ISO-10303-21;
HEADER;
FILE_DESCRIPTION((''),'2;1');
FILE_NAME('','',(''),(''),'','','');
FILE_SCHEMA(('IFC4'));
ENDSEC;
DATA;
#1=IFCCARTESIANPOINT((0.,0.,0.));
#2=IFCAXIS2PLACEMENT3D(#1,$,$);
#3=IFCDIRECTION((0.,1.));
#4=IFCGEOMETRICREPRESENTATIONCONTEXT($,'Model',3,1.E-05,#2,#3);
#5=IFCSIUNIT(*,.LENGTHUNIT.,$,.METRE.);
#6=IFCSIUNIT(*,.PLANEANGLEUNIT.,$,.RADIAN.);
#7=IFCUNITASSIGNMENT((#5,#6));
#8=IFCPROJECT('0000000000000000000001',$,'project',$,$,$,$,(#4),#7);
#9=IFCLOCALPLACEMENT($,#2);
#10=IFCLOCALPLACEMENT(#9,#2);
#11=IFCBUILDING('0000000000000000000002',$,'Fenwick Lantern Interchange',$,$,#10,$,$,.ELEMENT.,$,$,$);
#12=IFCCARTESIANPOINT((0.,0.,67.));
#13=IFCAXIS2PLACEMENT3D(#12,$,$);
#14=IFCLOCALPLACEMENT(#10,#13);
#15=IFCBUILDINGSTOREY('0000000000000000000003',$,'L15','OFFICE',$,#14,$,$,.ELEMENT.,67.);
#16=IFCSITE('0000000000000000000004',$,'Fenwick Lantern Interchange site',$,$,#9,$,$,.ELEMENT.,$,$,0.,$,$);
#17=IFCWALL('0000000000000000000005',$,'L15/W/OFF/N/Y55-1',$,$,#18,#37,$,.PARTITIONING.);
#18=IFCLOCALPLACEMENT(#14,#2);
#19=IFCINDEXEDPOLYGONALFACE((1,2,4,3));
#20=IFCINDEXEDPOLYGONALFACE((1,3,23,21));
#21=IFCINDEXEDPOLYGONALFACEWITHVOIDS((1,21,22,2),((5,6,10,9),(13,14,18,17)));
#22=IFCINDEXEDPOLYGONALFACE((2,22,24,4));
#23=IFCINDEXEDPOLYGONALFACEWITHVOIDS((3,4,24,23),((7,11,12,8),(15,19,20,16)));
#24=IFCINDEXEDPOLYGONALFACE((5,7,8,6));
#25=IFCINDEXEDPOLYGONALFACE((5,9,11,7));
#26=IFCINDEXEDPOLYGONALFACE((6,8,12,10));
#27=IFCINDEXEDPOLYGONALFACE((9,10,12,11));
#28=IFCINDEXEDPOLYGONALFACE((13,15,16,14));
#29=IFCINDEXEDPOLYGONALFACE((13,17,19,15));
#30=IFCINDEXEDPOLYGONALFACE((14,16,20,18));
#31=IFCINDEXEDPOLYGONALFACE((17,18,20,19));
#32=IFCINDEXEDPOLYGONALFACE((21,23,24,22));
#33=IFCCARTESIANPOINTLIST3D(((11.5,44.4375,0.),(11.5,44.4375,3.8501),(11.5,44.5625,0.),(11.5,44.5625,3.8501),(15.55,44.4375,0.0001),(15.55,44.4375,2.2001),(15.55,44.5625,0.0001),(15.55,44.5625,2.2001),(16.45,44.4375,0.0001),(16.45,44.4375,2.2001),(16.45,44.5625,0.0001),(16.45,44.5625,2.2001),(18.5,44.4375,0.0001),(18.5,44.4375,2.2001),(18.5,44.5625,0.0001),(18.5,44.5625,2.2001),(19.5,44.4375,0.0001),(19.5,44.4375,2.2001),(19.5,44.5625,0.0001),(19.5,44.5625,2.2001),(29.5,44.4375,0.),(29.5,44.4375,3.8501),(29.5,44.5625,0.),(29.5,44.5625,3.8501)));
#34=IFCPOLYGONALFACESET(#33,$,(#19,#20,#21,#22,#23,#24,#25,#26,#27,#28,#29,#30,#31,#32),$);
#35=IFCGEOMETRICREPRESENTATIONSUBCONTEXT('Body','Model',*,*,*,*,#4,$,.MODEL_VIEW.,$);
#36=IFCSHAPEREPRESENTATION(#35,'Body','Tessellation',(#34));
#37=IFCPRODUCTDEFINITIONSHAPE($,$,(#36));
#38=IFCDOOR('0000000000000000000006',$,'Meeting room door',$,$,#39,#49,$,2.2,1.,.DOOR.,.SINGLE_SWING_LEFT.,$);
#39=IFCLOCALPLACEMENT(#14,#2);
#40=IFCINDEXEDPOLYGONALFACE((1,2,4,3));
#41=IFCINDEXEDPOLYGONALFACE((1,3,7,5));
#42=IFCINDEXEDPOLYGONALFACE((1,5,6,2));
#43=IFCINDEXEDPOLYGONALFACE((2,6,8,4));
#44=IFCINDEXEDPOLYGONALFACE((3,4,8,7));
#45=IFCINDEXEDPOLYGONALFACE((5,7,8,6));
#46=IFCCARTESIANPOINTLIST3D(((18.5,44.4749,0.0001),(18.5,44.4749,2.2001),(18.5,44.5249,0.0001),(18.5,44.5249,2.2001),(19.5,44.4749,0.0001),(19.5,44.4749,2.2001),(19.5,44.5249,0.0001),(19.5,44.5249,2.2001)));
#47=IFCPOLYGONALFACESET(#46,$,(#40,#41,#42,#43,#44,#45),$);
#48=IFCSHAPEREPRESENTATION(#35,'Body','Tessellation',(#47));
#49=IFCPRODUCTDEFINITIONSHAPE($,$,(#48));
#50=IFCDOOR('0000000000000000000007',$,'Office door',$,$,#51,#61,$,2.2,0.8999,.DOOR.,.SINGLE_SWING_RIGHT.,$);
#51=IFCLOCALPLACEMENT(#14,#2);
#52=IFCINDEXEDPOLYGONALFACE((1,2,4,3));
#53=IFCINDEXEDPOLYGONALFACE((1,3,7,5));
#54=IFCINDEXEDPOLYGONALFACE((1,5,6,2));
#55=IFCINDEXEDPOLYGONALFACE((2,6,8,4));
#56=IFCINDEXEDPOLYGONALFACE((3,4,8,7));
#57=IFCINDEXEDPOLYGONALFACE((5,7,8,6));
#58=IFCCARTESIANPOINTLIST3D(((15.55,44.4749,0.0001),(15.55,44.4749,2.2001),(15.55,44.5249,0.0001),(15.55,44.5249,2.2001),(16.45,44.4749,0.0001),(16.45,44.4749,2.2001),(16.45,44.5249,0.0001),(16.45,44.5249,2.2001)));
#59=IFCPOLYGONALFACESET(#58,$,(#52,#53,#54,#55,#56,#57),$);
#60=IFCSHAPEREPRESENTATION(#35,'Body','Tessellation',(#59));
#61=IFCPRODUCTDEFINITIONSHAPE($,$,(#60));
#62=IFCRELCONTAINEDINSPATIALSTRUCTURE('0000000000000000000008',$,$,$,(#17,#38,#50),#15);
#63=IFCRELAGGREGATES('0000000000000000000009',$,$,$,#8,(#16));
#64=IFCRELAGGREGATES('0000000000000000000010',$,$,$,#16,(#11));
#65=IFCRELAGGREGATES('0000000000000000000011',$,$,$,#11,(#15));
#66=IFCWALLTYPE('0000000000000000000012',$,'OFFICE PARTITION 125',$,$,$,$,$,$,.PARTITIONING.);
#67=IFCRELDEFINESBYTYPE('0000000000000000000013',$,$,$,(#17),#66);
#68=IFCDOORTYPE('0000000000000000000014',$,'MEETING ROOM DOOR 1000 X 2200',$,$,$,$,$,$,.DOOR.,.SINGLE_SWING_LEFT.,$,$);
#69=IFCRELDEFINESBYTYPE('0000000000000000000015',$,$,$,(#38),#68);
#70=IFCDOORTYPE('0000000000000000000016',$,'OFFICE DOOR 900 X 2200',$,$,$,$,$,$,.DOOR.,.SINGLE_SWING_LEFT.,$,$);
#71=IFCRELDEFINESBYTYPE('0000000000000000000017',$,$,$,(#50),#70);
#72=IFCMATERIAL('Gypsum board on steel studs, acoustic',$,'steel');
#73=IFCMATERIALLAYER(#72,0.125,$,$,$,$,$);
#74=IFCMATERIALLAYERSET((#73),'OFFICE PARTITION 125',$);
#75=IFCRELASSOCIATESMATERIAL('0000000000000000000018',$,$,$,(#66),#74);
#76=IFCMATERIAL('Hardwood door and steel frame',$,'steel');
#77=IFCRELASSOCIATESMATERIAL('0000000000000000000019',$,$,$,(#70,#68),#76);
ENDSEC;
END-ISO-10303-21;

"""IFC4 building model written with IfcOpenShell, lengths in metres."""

from ifc_helpers import new_model, si_unit, direction, frame, frame_2d, origin, place, context, subcontext, project, spatial, rectangle, extrude, material, layer, layer_set, type_object, element, fill, save


model = new_model("IFC4")

# Units and contexts
model_context = context("Model", 3, precision=1e-05, world=origin(), true_north=direction((0.0, 1.0)))
body_context = subcontext(model_context, "Body", "Model", "MODEL_VIEW")
ifc_project = project(units=[si_unit("LENGTHUNIT", "METRE"), si_unit("PLANEANGLEUNIT", "RADIAN")], contexts=[model_context])

# Site, building, storey
site_placement = place(None, origin())
site = spatial("IfcSite", under=ifc_project, at=site_placement, Name="Fenwick Lantern Interchange site", CompositionType="ELEMENT", RefElevation=0.0)
building_placement = place(site_placement, origin())
building = spatial("IfcBuilding", under=site, at=building_placement, Name="Fenwick Lantern Interchange", CompositionType="ELEMENT")
storey_placement = place(building_placement, frame((0.0, 0.0, 67.0)))
storey = spatial("IfcBuildingStorey", under=building, at=storey_placement, Name="L15", Description="OFFICE", CompositionType="ELEMENT", Elevation=67.0)

# Shared definitions
ifc_material_1 = material(Name="Gypsum board on steel studs, acoustic", Category="steel")
ifc_layer_1 = layer(ifc_material_1, 0.125)
ifc_layer_set_1 = layer_set([ifc_layer_1], Name="OFFICE PARTITION 125")
wall_type_1 = type_object("IfcWallType", Name="OFFICE PARTITION 125", PredefinedType="PARTITIONING", material=ifc_layer_set_1)
ifc_material_2 = material(Name="Hardwood door and steel frame", Category="steel")
door_type_1 = type_object("IfcDoorType", Name="OFFICE DOOR 900 X 2200", OperationType="SINGLE_SWING_LEFT", PredefinedType="DOOR", material=ifc_material_2)

# Wall, openings, doors
wall_1_placement = place(storey_placement, frame((29.5, 44.5, 0.0), z_axis=(0.0, 0.0, 1.0), x_axis=(-1.0, 0.0, 0.0)))
wall_1 = element("IfcWall", 1, at=wall_1_placement, inside=storey, type_object=wall_type_1, Name="L15/W/OFF/N/Y55-1", PredefinedType="PARTITIONING", context=body_context, shape_type="SweptSolid", body=[
    extrude(rectangle(XDim=18.0, YDim=0.125, at=frame_2d((9.0, 0.0))), origin(), (0.0, 0.0, 1.0), 3.8501),
])
opening_1_placement = place(wall_1_placement, frame((10.0, 0.0, 0.0)))
opening_1 = element("IfcOpeningElement", 2, at=opening_1_placement, cuts=wall_1, PredefinedType="OPENING", context=body_context, shape_type="SweptSolid", body=[
    extrude(rectangle(XDim=1.0, YDim=2.2, at=frame_2d((0.5, 1.1001))), frame((0.0, 0.0725, 0.0), z_axis=(0.0, -1.0, 0.0), x_axis=(1.0, 0.0, 0.0)), (0.0, 0.0, 1.0), 0.145),
])
opening_2_placement = place(wall_1_placement, frame((13.05, 0.0, 0.0)))
opening_2 = element("IfcOpeningElement", 3, at=opening_2_placement, cuts=wall_1, PredefinedType="OPENING", context=body_context, shape_type="SweptSolid", body=[
    extrude(rectangle(XDim=0.8999, YDim=2.2, at=frame_2d((0.45, 1.1001))), frame((0.0, 0.0725, 0.0), z_axis=(0.0, -1.0, 0.0), x_axis=(1.0, 0.0, 0.0)), (0.0, 0.0, 1.0), 0.145),
])
door_type_2 = type_object("IfcDoorType", Name="MEETING ROOM DOOR 1000 X 2200", OperationType="SINGLE_SWING_LEFT", PredefinedType="DOOR", material=ifc_material_2)
door_1_placement = place(opening_1_placement, frame((1.0, 0.0, 0.0), z_axis=(0.0, 0.0, 1.0), x_axis=(-1.0, 0.0, 0.0)))
door_1 = element("IfcDoor", 4, at=door_1_placement, inside=storey, type_object=door_type_2, Name="Meeting room door", OperationType="SINGLE_SWING_LEFT", OverallHeight=2.2, OverallWidth=1.0, PredefinedType="DOOR", context=body_context, shape_type="SweptSolid", body=[
    extrude(rectangle(XDim=1.0, YDim=2.2, at=frame_2d((0.5, 1.1001))), frame((0.0, 0.0249, 0.0), z_axis=(0.0, -1.0, 0.0), x_axis=(1.0, 0.0, 0.0)), (0.0, 0.0, 1.0), 0.05),
])
fill(opening_1, door_1)
door_2_placement = place(opening_2_placement, frame((0.8999, 0.0, 0.0), z_axis=(0.0, 0.0, 1.0), x_axis=(-1.0, 0.0, 0.0)))
door_2 = element("IfcDoor", 5, at=door_2_placement, inside=storey, type_object=door_type_1, Name="Office door", OperationType="SINGLE_SWING_RIGHT", OverallHeight=2.2, OverallWidth=0.8999, PredefinedType="DOOR", context=body_context, shape_type="SweptSolid", body=[
    extrude(rectangle(XDim=0.8999, YDim=2.2, at=frame_2d((0.45, 1.1001))), frame((0.0, 0.0249, 0.0), z_axis=(0.0, -1.0, 0.0), x_axis=(1.0, 0.0, 0.0)), (0.0, 0.0, 1.0), 0.05),
])
fill(opening_2, door_2)

save(model, "model.ifc")
